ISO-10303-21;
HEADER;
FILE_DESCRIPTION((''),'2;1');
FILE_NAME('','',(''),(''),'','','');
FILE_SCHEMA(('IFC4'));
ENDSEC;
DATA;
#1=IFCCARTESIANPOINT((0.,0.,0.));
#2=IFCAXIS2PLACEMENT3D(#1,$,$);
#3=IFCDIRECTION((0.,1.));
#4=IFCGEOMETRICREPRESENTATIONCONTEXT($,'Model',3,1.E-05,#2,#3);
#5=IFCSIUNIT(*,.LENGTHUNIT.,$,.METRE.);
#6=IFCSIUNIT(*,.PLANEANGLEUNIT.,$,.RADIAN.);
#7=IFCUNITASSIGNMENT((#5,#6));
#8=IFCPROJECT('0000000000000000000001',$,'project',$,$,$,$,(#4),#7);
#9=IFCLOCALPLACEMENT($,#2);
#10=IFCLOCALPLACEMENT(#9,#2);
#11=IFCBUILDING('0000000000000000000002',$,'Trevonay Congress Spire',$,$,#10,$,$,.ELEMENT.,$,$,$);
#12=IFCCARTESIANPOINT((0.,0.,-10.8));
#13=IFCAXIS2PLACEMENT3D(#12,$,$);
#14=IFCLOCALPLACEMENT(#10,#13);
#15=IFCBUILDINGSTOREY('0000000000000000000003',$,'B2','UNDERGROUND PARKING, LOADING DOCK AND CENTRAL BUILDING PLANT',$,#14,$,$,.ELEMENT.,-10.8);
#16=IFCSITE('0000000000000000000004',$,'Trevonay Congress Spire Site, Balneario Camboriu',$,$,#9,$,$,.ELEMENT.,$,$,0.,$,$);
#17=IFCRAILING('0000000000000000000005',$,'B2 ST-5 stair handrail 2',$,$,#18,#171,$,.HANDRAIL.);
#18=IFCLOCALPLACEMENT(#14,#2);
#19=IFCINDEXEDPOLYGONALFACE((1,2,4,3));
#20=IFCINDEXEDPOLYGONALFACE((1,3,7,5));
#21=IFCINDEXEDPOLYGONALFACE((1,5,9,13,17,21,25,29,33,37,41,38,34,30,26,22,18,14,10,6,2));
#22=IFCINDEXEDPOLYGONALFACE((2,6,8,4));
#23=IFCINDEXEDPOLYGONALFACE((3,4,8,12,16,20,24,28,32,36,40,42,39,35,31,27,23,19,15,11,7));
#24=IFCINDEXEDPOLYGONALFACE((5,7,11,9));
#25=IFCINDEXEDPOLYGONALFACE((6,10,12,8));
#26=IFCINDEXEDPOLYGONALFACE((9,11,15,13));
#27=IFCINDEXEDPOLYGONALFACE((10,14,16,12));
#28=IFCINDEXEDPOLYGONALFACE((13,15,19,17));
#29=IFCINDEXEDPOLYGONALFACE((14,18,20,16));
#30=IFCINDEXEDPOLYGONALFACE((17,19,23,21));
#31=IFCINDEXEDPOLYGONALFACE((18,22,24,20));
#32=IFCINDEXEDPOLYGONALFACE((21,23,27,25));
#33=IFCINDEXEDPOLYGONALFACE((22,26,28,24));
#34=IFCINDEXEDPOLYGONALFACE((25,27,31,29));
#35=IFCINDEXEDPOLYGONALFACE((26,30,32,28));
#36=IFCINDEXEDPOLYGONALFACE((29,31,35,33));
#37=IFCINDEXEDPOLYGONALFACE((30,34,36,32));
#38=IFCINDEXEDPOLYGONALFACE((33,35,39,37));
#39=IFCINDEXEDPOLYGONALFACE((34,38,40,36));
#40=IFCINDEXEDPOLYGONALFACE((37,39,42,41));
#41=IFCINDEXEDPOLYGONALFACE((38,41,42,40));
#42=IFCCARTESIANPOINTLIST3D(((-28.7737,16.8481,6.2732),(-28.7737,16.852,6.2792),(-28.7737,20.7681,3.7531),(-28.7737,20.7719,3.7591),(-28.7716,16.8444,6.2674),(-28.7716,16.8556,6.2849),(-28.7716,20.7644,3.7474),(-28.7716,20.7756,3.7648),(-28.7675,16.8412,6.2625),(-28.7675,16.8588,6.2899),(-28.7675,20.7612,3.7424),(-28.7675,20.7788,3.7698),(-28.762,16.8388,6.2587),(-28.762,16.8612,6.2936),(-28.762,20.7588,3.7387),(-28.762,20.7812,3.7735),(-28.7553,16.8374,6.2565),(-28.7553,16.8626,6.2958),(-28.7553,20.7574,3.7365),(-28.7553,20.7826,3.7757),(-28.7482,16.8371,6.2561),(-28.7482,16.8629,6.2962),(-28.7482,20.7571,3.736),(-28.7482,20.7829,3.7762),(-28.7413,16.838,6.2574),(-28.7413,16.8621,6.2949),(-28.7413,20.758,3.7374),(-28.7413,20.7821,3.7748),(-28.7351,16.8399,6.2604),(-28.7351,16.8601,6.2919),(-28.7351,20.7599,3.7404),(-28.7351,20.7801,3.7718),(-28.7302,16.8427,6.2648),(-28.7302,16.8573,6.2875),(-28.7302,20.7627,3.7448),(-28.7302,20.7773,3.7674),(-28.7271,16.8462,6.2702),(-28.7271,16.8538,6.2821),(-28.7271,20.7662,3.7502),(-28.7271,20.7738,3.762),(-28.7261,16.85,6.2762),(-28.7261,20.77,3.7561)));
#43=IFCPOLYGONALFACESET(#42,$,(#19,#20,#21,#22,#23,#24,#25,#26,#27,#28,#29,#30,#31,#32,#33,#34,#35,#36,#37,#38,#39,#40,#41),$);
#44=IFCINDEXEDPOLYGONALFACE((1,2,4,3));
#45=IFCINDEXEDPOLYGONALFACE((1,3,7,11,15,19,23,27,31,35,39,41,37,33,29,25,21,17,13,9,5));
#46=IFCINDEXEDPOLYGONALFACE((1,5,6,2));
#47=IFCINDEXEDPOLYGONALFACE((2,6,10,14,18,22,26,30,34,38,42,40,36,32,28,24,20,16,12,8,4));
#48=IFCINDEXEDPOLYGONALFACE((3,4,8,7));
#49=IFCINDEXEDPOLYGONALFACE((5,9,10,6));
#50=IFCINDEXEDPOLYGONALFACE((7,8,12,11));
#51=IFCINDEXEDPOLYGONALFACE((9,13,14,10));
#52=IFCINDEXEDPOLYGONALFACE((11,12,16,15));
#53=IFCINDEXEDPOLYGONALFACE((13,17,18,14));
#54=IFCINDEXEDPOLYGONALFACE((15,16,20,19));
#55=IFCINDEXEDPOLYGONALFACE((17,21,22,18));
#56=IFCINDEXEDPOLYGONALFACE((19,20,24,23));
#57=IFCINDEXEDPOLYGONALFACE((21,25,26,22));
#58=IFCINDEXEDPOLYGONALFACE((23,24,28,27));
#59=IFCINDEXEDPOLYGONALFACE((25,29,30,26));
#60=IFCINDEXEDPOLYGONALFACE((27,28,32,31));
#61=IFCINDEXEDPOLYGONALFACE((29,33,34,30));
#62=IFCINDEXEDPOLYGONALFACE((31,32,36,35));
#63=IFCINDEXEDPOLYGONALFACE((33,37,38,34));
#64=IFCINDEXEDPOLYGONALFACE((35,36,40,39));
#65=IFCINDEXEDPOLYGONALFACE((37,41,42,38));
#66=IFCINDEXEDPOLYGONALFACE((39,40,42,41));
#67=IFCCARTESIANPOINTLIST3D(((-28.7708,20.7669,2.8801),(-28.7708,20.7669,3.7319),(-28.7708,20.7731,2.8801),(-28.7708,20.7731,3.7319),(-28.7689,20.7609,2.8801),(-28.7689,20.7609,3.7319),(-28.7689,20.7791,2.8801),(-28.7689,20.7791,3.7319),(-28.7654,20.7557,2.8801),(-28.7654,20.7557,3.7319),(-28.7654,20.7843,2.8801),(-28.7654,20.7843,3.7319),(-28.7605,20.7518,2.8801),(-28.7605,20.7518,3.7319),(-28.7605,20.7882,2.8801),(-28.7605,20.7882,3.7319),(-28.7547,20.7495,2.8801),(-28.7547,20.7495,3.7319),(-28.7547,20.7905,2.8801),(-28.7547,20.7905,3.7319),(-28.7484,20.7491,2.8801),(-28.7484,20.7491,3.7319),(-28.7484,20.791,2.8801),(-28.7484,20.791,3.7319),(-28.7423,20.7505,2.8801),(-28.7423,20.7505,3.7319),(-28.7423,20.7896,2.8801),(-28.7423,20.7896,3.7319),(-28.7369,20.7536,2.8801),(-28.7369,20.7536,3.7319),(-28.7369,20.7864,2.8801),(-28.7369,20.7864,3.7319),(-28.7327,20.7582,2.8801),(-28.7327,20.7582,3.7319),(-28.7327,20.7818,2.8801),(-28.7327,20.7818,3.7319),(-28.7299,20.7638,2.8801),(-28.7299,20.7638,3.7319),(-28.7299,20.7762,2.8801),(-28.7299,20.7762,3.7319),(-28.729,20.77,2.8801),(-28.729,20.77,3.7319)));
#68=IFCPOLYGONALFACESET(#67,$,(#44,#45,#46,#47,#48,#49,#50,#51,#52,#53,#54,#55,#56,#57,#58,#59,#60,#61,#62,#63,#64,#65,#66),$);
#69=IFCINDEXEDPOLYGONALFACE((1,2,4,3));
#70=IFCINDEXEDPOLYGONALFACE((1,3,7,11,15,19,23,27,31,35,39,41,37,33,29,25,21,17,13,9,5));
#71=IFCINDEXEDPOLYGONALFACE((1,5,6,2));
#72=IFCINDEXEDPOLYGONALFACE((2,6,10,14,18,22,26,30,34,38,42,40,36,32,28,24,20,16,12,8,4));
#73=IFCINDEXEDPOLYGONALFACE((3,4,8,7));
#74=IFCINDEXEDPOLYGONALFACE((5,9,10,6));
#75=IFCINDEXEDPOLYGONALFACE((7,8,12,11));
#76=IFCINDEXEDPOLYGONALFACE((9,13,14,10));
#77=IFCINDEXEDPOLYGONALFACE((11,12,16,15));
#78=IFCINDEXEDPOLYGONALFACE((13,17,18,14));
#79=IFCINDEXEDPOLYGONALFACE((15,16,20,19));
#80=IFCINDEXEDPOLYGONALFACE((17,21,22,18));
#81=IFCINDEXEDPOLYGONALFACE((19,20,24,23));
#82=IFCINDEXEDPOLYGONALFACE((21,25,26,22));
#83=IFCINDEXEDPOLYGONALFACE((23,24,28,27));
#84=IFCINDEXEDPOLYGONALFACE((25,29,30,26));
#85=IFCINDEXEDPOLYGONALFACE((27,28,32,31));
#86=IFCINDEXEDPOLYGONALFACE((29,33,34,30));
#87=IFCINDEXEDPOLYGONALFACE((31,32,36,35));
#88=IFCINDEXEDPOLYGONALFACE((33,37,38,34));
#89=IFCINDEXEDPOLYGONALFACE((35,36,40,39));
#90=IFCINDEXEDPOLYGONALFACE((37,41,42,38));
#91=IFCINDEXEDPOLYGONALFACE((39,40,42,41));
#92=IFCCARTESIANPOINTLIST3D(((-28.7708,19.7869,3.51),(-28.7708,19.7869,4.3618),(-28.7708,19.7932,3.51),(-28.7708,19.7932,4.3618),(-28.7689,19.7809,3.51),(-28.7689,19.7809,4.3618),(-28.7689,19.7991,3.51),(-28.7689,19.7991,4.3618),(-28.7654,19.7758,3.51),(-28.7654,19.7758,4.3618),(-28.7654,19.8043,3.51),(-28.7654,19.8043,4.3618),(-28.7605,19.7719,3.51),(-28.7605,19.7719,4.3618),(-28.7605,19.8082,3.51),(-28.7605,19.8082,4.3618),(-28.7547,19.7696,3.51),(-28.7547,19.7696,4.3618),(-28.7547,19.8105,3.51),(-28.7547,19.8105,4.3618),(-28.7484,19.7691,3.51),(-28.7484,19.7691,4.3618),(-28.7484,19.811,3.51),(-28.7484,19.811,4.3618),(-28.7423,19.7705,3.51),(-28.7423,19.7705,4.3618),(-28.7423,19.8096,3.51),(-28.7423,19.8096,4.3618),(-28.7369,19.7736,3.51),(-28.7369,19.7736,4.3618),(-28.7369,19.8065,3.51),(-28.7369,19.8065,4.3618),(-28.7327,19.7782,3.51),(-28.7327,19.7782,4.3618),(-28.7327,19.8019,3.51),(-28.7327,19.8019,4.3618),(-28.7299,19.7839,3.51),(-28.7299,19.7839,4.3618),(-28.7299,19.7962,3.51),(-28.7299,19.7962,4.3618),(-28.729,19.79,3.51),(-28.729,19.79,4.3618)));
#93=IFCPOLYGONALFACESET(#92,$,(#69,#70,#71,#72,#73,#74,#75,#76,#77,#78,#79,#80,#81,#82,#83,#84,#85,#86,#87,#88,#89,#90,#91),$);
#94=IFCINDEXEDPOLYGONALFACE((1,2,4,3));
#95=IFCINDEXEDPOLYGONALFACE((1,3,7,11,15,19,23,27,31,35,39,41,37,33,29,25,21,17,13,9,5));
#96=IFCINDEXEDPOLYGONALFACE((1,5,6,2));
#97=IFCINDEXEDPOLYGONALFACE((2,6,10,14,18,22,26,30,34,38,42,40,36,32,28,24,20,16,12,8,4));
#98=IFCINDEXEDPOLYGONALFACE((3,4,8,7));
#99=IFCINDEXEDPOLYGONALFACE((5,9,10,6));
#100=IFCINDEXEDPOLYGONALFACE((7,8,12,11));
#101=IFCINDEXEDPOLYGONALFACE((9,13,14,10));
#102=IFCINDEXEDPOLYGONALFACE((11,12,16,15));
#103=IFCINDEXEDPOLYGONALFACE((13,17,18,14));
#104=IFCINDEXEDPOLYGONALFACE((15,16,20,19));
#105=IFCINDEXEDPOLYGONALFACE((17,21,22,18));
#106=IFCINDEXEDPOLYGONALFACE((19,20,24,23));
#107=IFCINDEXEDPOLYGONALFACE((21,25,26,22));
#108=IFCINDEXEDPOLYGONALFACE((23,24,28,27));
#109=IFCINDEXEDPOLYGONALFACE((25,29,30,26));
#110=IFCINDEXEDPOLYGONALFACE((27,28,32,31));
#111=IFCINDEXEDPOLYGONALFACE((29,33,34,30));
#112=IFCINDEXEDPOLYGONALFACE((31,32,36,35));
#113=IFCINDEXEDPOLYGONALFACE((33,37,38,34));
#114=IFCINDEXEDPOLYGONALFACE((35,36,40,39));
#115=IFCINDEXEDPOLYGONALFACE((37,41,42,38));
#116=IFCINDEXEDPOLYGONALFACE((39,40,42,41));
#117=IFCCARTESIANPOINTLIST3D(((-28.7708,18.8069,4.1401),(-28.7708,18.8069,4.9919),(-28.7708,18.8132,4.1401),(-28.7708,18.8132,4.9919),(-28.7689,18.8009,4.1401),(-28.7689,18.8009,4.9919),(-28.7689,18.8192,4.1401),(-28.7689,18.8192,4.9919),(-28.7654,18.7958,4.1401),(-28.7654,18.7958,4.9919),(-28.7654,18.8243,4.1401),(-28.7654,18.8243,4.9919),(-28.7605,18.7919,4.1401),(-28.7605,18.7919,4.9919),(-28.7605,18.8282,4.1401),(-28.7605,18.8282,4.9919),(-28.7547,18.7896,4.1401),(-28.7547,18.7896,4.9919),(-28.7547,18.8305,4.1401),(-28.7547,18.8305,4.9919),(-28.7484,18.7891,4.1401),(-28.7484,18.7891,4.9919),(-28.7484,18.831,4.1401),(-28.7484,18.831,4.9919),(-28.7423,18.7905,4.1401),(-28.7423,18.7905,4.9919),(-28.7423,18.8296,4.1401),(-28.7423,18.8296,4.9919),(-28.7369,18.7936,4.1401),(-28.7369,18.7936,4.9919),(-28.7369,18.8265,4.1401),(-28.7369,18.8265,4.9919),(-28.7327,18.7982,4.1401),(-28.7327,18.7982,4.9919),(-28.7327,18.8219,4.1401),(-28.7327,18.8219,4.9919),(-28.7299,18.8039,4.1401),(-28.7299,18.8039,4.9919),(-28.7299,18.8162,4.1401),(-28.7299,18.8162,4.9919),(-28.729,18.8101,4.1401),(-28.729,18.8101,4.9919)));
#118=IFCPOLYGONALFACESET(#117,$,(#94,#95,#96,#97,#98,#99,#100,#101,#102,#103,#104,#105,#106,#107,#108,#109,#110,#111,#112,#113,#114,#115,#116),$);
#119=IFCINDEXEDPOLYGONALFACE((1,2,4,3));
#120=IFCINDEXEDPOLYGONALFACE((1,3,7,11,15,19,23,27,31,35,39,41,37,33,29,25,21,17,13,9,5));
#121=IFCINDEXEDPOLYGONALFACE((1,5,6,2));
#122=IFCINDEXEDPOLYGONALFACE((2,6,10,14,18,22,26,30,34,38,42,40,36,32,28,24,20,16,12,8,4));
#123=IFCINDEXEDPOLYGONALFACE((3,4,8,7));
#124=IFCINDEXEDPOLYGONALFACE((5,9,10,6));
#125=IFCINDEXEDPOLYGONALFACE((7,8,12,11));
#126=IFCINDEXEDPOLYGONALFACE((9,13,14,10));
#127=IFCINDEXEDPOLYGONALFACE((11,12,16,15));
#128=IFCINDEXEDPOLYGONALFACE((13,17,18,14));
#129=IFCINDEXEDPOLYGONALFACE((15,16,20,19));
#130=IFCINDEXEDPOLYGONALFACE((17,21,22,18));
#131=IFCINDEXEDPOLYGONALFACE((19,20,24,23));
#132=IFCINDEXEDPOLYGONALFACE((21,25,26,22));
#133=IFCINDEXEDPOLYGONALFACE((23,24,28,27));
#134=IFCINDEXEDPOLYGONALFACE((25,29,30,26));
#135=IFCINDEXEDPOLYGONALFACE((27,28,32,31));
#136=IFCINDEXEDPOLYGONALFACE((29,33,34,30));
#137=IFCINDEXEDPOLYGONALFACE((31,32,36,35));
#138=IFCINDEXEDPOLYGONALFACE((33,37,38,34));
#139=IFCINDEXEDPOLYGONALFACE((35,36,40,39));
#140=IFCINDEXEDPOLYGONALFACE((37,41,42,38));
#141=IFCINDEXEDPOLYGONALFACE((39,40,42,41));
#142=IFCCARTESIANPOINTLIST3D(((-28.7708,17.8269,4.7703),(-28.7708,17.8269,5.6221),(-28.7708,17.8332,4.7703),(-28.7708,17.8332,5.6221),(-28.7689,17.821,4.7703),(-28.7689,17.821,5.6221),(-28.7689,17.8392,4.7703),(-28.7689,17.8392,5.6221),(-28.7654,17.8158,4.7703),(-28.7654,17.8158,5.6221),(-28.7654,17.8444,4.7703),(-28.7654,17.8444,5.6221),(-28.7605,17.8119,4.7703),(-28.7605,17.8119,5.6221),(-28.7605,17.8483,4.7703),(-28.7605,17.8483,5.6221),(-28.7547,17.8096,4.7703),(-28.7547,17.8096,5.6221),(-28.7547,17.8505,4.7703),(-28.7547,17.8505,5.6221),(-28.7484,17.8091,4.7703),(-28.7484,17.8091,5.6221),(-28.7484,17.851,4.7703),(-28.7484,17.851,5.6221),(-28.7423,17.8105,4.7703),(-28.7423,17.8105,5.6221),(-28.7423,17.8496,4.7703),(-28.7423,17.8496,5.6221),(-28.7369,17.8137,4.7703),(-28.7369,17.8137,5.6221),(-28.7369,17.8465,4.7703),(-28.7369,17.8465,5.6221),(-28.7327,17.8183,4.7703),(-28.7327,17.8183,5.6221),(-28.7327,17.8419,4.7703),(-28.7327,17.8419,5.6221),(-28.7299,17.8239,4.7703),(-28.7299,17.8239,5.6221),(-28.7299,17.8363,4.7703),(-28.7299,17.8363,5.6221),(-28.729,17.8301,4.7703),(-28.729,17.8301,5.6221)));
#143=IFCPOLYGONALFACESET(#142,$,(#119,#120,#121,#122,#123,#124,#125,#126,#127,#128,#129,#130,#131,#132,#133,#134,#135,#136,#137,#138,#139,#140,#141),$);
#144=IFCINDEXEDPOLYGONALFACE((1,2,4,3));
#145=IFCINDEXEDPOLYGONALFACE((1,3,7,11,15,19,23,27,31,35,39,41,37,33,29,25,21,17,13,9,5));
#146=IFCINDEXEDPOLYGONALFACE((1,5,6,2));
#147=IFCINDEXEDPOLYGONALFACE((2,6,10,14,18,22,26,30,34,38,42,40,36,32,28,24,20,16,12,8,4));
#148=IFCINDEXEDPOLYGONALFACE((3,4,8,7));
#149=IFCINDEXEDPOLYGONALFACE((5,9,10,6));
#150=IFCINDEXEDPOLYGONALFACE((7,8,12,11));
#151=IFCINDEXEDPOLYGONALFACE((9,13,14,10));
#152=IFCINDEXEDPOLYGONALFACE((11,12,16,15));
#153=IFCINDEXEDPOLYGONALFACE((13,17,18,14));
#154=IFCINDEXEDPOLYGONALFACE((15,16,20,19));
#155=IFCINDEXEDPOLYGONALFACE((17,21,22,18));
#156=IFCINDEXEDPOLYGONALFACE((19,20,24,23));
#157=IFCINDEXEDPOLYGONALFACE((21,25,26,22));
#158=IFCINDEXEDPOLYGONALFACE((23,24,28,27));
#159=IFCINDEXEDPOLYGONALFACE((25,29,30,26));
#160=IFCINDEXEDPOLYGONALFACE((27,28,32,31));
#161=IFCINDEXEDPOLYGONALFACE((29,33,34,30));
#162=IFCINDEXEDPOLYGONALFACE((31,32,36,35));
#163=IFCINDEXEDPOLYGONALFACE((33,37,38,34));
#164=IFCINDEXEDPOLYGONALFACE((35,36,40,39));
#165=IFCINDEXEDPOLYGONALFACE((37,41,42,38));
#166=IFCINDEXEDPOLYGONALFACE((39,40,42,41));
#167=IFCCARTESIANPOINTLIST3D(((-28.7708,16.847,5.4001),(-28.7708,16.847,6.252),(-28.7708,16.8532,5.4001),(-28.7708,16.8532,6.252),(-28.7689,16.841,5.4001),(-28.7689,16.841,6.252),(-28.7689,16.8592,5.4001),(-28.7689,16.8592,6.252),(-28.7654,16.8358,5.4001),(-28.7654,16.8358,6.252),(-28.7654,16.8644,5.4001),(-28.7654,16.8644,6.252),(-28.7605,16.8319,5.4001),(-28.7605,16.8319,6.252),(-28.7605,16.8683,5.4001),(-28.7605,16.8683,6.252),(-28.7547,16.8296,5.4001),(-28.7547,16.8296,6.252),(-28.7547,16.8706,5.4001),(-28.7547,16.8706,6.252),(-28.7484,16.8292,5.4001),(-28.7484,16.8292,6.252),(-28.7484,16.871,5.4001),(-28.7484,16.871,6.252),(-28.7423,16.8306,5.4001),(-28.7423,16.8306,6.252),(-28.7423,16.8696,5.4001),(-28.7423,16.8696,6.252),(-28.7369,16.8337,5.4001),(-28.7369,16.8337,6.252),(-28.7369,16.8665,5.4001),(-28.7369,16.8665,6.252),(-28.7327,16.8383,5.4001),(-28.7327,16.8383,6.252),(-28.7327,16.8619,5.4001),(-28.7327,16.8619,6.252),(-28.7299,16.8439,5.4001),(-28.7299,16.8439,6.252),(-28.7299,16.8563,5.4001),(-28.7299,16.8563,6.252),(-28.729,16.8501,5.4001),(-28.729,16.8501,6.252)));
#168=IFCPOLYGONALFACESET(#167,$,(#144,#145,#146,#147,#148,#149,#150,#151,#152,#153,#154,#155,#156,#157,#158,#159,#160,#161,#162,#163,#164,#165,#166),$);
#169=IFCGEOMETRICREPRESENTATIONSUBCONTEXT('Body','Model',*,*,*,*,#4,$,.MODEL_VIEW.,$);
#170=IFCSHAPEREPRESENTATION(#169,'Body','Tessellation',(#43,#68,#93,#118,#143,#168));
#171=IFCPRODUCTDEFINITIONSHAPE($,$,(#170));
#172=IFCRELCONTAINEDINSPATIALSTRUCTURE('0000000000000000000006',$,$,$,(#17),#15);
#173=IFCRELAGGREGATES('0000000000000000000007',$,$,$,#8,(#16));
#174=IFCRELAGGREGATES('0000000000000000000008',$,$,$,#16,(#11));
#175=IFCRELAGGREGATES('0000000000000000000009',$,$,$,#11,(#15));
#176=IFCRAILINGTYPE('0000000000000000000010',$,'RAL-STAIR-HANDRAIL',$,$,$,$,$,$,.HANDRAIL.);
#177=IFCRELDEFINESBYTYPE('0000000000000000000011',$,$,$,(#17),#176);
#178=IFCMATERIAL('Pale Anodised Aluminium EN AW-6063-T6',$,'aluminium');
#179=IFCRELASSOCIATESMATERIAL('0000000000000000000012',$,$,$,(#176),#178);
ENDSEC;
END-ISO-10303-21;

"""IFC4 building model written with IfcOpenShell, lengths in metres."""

from ifc_helpers import new_model, si_unit, direction, frame, origin, origin_2d, place, context, subcontext, project, spatial, circle, extrude, material, type_object, element, save


model = new_model("IFC4")

# Units and contexts
model_context = context("Model", 3, precision=1e-05, world=origin(), true_north=direction((0.0, 1.0)))
body_context = subcontext(model_context, "Body", "Model", "MODEL_VIEW")
ifc_project = project(units=[si_unit("LENGTHUNIT", "METRE"), si_unit("PLANEANGLEUNIT", "RADIAN")], contexts=[model_context])

# Site, building, storey
site_placement = place(None, origin())
site = spatial("IfcSite", under=ifc_project, at=site_placement, Name="Trevonay Congress Spire Site, Balneario Camboriu", CompositionType="ELEMENT", RefElevation=0.0)
building_placement = place(site_placement, origin())
building = spatial("IfcBuilding", under=site, at=building_placement, Name="Trevonay Congress Spire", CompositionType="ELEMENT")
storey_placement = place(building_placement, frame((0.0, 0.0, -10.8)))
storey = spatial("IfcBuildingStorey", under=building, at=storey_placement, Name="B2", Description="UNDERGROUND PARKING, LOADING DOCK AND CENTRAL BUILDING PLANT", CompositionType="ELEMENT", Elevation=-10.8)

# Railing
ifc_material_1 = material(Name="Pale Anodised Aluminium EN AW-6063-T6", Category="aluminium")
railing_type_1 = type_object("IfcRailingType", Name="RAL-STAIR-HANDRAIL", PredefinedType="HANDRAIL", material=ifc_material_1)
railing_1_placement = place(storey_placement, frame((-28.75, 20.77, 2.8801)))
element("IfcRailing", 1, at=railing_1_placement, inside=storey, type_object=railing_type_1, Name="B2 ST-5 stair handrail 2", PredefinedType="HANDRAIL", context=body_context, shape_type="SweptSolid", body=[
    extrude(circle(Radius=0.0239, at=origin_2d()), frame((0.0, 0.0, 0.876), z_axis=(0.0, -0.841172, 0.540768), x_axis=(1.0, 0.0, 0.0)), (0.0, 0.0, 1.0), 4.6602),
    extrude(circle(Radius=0.021, at=origin_2d()), origin(), (0.0, 0.0, 1.0), 0.8518),
    extrude(circle(Radius=0.021, at=origin_2d()), frame((0.0, -0.98, 0.6299)), (0.0, 0.0, 1.0), 0.8518),
    extrude(circle(Radius=0.021, at=origin_2d()), frame((0.0, -1.96, 1.26)), (0.0, 0.0, 1.0), 0.8518),
    extrude(circle(Radius=0.021, at=origin_2d()), frame((0.0, -2.9399, 1.8901)), (0.0, 0.0, 1.0), 0.8518),
    extrude(circle(Radius=0.021, at=origin_2d()), frame((0.0, -3.9199, 2.52)), (0.0, 0.0, 1.0), 0.8518),
])

save(model, "model.ifc")
